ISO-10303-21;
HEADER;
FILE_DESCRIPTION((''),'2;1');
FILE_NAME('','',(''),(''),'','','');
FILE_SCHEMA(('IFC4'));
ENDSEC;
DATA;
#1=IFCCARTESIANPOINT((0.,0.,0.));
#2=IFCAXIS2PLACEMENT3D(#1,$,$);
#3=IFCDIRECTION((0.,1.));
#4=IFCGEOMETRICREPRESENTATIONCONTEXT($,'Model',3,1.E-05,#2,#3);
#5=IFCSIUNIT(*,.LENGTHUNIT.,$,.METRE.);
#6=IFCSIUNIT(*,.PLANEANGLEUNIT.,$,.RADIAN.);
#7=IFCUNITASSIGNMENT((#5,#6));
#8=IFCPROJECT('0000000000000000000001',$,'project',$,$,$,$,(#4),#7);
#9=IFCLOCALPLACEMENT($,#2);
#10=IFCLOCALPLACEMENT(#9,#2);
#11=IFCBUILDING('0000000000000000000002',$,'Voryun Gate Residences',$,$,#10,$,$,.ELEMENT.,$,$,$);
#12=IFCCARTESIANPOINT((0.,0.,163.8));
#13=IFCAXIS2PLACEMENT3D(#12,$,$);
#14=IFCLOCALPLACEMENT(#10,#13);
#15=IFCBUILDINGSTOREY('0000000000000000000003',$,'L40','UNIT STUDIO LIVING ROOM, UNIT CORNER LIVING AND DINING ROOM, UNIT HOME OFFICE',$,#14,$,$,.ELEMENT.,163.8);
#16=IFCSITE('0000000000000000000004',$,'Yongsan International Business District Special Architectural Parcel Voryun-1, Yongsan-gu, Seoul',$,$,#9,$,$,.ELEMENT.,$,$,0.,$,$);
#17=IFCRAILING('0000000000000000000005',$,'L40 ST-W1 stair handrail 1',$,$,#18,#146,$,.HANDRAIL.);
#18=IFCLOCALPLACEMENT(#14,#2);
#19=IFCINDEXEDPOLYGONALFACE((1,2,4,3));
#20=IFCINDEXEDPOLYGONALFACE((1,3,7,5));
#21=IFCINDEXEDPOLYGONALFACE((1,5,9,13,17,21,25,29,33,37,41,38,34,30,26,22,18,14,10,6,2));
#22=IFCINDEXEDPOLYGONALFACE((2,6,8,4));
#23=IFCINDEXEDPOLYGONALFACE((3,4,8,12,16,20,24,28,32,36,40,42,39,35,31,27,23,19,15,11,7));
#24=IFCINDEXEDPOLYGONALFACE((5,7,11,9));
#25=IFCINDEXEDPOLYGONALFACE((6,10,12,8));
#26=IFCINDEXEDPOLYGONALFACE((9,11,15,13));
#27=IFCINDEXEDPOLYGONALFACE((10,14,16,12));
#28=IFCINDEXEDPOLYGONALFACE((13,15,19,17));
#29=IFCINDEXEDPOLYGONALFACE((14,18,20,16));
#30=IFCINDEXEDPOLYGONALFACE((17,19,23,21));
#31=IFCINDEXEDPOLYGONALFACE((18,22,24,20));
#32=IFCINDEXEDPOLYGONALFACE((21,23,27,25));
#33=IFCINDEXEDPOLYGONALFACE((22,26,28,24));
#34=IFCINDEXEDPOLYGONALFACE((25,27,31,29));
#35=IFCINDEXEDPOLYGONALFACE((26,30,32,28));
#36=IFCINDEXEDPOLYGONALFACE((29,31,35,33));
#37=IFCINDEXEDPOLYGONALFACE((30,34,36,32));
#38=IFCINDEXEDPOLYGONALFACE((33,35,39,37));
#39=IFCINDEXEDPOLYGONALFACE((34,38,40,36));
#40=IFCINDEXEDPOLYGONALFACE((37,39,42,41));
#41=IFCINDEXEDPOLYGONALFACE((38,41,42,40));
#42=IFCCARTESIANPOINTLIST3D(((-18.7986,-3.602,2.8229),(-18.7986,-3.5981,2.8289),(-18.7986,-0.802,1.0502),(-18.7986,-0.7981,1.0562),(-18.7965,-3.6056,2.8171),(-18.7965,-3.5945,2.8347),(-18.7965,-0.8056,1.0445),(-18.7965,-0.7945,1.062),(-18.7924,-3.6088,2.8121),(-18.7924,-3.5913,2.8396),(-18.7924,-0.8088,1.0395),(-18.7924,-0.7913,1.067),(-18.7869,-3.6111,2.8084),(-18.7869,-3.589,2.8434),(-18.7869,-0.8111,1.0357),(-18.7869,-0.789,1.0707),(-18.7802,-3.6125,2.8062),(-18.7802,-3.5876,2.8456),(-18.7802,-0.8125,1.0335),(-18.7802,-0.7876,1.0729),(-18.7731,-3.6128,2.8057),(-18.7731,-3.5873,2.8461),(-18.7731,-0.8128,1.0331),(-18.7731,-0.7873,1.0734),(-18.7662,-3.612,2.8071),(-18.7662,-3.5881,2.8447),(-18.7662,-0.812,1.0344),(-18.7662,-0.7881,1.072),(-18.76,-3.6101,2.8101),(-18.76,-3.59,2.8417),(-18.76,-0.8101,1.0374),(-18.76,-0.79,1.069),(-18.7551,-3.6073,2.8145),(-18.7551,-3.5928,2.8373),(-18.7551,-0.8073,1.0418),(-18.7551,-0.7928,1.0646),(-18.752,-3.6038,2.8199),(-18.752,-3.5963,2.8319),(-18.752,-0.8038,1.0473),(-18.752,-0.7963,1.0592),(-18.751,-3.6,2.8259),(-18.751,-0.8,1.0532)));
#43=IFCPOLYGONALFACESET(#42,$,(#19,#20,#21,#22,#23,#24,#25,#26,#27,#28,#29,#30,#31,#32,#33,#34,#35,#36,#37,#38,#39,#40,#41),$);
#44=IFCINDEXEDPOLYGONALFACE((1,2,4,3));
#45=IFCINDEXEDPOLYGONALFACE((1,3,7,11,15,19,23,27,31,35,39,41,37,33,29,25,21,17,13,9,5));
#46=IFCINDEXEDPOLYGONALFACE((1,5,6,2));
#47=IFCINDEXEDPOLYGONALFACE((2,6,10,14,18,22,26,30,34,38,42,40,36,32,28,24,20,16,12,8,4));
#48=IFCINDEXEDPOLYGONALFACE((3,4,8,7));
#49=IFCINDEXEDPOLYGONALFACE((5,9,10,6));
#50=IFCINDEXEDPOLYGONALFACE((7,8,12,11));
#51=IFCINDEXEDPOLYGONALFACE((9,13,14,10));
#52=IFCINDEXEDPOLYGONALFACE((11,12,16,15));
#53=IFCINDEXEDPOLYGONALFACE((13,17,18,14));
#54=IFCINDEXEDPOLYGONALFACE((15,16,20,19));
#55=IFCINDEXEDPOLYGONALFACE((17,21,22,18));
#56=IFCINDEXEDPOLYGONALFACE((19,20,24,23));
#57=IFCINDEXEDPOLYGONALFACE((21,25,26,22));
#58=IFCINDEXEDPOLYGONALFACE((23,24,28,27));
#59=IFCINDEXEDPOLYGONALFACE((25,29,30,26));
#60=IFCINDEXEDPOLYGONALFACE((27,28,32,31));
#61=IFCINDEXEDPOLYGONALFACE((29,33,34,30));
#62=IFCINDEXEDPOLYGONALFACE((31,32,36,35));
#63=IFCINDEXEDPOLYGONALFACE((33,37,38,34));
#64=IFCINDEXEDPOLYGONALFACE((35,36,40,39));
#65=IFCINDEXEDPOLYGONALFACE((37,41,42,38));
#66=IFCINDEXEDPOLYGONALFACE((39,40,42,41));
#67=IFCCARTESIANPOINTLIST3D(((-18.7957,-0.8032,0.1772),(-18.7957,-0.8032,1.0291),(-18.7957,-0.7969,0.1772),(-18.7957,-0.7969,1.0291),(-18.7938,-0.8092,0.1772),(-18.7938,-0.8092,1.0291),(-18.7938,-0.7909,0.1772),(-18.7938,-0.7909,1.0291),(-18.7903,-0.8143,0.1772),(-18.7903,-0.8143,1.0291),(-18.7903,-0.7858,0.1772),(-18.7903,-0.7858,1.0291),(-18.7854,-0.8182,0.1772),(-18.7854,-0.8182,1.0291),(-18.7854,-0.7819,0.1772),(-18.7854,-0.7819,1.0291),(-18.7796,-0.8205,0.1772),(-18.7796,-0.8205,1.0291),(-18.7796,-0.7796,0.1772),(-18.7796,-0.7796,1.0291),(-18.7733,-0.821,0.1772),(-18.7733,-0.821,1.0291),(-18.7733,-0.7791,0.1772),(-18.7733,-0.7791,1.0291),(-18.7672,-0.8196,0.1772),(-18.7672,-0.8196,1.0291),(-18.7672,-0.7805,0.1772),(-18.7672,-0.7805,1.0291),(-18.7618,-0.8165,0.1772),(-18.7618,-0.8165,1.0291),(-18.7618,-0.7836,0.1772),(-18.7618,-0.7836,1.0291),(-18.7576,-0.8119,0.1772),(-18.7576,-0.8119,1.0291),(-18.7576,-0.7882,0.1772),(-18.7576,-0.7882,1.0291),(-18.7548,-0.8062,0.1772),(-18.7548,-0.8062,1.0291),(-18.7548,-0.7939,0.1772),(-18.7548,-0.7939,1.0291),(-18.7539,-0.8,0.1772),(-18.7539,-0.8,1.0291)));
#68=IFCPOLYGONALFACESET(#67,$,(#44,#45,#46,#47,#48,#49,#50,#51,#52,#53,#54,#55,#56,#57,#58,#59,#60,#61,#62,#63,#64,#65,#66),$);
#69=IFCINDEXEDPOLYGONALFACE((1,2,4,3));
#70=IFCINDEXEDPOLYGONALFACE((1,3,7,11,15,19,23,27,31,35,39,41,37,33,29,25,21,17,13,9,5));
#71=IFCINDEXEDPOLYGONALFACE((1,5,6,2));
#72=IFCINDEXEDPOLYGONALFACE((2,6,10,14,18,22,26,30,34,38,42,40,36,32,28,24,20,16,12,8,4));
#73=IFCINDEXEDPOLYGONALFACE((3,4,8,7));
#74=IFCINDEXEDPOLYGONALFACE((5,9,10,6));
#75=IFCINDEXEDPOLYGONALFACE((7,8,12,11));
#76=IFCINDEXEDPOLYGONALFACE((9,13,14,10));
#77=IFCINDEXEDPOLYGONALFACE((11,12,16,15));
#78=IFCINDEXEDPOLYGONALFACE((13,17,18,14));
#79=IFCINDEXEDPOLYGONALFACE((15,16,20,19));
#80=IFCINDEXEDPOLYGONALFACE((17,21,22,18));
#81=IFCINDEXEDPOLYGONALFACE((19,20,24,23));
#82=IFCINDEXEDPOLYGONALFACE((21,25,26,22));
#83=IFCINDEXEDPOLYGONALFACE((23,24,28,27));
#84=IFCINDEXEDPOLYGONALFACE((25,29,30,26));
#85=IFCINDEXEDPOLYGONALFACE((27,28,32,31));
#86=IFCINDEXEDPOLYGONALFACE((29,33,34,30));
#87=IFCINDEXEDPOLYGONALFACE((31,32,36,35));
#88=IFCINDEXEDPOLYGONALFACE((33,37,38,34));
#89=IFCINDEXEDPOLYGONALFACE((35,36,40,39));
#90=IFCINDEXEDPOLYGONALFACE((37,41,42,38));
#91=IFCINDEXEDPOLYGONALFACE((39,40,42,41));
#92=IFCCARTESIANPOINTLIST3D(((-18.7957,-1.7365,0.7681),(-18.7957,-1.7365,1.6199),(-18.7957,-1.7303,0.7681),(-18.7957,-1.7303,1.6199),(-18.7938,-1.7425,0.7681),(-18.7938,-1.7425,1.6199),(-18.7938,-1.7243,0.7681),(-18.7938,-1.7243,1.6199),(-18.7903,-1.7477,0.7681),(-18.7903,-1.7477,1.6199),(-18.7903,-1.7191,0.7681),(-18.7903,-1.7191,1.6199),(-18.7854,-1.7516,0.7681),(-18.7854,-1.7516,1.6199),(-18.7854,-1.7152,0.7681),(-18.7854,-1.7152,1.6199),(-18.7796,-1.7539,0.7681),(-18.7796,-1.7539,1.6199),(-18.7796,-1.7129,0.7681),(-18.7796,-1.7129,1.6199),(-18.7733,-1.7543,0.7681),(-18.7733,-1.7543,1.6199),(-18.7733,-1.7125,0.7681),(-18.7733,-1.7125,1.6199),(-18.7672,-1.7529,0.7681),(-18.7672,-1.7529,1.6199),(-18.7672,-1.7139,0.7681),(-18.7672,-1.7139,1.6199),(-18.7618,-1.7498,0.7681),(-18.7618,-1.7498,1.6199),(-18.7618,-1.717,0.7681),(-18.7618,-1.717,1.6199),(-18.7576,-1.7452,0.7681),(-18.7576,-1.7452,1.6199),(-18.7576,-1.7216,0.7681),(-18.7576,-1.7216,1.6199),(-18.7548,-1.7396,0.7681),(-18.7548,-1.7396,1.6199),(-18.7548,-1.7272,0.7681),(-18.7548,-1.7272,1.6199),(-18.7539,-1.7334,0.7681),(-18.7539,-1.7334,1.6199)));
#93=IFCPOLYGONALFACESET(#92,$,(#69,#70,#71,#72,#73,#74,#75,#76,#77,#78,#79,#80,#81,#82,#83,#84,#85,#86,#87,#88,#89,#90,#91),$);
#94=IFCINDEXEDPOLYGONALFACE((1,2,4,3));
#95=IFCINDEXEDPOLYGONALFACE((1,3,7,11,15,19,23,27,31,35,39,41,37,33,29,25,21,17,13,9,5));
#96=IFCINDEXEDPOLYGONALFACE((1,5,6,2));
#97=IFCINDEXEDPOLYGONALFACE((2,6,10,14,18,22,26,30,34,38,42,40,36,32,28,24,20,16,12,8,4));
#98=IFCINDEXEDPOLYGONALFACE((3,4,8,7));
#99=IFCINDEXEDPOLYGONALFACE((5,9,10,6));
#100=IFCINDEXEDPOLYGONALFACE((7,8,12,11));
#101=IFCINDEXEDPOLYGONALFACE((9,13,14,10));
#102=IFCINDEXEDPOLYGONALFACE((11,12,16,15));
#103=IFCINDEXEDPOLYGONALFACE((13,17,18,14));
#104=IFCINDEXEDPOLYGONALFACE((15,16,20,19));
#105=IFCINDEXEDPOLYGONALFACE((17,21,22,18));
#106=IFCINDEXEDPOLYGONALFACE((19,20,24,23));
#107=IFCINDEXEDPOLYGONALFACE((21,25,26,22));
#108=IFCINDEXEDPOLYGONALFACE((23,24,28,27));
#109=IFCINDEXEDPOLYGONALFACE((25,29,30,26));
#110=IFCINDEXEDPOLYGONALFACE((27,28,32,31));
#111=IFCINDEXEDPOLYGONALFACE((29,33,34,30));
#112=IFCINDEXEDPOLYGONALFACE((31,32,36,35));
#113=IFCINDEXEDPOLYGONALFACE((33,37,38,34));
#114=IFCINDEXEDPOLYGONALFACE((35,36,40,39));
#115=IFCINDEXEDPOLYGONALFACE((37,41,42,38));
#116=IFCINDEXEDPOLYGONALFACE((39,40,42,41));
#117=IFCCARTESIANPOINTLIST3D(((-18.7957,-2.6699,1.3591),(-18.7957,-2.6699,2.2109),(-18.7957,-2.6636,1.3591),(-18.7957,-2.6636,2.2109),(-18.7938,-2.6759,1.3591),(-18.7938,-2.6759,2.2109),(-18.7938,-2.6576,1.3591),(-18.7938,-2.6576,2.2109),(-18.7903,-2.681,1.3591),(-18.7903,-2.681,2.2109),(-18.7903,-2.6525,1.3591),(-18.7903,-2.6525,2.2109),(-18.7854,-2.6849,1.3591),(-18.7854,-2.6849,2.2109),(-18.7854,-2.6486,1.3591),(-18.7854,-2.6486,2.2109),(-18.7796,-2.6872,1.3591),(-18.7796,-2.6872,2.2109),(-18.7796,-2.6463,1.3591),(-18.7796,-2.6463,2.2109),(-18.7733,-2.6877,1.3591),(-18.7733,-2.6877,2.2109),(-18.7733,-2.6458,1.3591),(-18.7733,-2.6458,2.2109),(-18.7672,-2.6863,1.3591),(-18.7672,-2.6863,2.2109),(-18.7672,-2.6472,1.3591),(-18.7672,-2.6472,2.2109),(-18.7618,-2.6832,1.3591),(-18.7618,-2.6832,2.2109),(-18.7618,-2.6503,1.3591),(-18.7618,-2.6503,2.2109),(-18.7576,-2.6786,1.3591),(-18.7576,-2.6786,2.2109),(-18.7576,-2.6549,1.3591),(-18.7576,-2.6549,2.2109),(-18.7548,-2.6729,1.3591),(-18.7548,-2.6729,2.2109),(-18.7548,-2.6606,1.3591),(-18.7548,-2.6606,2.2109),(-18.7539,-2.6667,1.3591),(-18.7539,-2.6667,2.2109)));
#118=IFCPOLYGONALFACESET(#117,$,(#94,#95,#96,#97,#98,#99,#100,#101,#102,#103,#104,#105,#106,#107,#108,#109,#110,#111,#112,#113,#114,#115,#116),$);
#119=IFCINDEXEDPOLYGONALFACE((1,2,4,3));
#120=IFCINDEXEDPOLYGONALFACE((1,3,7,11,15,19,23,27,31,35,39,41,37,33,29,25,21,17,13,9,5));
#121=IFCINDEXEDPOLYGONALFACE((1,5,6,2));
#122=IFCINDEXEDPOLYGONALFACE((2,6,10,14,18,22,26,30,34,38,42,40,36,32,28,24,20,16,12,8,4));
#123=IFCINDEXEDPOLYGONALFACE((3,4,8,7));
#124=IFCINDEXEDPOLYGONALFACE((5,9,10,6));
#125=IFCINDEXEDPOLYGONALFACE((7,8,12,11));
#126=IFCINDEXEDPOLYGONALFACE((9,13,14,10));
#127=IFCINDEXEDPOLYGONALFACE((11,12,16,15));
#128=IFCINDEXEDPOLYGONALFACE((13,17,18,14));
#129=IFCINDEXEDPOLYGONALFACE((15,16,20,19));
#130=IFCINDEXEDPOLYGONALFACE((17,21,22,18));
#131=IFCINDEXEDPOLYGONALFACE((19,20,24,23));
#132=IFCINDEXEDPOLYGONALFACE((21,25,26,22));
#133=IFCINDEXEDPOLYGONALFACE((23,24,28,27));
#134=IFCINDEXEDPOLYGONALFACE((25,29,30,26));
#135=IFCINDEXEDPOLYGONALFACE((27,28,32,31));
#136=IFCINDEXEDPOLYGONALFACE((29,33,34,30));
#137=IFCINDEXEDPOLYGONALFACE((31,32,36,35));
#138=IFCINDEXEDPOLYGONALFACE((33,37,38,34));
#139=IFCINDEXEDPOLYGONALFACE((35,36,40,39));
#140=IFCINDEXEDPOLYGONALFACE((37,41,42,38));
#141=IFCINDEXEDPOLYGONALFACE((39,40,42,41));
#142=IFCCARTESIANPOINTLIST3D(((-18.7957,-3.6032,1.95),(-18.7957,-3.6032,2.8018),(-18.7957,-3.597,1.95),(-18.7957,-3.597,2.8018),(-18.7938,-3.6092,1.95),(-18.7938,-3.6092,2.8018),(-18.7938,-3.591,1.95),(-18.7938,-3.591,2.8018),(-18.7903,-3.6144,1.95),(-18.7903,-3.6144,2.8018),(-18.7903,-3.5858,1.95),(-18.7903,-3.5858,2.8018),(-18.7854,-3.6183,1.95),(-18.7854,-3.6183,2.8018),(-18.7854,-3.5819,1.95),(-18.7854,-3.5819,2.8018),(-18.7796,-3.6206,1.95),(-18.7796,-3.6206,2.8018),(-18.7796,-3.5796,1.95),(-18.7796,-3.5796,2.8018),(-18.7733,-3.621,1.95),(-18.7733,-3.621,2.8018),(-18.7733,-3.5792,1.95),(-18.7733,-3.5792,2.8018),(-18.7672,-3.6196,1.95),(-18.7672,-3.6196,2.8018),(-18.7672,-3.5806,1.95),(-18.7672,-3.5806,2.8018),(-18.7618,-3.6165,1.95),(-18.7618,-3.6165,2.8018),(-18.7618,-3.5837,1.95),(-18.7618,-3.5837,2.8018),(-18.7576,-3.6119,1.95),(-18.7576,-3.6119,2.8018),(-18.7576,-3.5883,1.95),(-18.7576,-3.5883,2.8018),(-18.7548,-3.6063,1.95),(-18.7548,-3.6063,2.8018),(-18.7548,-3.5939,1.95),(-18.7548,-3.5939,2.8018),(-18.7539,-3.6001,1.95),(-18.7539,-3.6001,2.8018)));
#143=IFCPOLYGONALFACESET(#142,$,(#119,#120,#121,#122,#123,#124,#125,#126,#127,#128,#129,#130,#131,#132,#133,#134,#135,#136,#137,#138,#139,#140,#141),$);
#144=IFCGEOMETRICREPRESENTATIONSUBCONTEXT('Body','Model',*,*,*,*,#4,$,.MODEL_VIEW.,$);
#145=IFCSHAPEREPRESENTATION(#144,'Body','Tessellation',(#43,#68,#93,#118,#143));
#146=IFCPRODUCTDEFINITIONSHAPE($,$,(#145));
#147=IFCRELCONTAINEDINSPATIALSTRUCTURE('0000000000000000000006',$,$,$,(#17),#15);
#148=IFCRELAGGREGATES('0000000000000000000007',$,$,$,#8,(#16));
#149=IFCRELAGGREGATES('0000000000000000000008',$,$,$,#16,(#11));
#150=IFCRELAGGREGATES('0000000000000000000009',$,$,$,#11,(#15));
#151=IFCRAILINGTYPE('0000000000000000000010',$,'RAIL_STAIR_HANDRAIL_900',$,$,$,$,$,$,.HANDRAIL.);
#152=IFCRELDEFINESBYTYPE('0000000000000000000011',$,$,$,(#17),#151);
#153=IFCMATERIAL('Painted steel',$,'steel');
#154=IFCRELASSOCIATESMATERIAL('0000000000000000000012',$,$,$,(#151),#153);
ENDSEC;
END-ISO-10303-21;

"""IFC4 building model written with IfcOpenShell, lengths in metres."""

from ifc_helpers import new_model, si_unit, direction, frame, origin, origin_2d, place, context, subcontext, project, spatial, circle, extrude, material, type_object, element, save


model = new_model("IFC4")

# Units and contexts
model_context = context("Model", 3, precision=1e-05, world=origin(), true_north=direction((0.0, 1.0)))
body_context = subcontext(model_context, "Body", "Model", "MODEL_VIEW")
ifc_project = project(units=[si_unit("LENGTHUNIT", "METRE"), si_unit("PLANEANGLEUNIT", "RADIAN")], contexts=[model_context])

# Site, building, storey
site_placement = place(None, origin())
site = spatial("IfcSite", under=ifc_project, at=site_placement, Name="Yongsan International Business District Special Architectural Parcel Voryun-1, Yongsan-gu, Seoul", CompositionType="ELEMENT", RefElevation=0.0)
building_placement = place(site_placement, origin())
building = spatial("IfcBuilding", under=site, at=building_placement, Name="Voryun Gate Residences", CompositionType="ELEMENT")
storey_placement = place(building_placement, frame((0.0, 0.0, 163.8)))
storey = spatial("IfcBuildingStorey", under=building, at=storey_placement, Name="L40", Description="UNIT STUDIO LIVING ROOM, UNIT CORNER LIVING AND DINING ROOM, UNIT HOME OFFICE", CompositionType="ELEMENT", Elevation=163.8)

# Railing
ifc_material_1 = material(Name="Painted steel", Category="steel")
railing_type_1 = type_object("IfcRailingType", Name="RAIL_STAIR_HANDRAIL_900", PredefinedType="HANDRAIL", material=ifc_material_1)
railing_1_placement = place(storey_placement, frame((-18.7749, -0.8, 0.1772)))
element("IfcRailing", 1, at=railing_1_placement, inside=storey, type_object=railing_type_1, Name="L40 ST-W1 stair handrail 1", PredefinedType="HANDRAIL", context=body_context, shape_type="SweptSolid", body=[
    extrude(circle(Radius=0.0239, at=origin_2d()), frame((0.0, 0.0, 0.876), z_axis=(0.0, -0.844909, 0.53491), x_axis=(1.0, 0.0, 0.0)), (0.0, 0.0, 1.0), 3.314),
    extrude(circle(Radius=0.021, at=origin_2d()), origin(), (0.0, 0.0, 1.0), 0.8518),
    extrude(circle(Radius=0.021, at=origin_2d()), frame((0.0, -0.9333, 0.5908)), (0.0, 0.0, 1.0), 0.8518),
    extrude(circle(Radius=0.021, at=origin_2d()), frame((0.0, -1.8667, 1.1819)), (0.0, 0.0, 1.0), 0.8518),
    extrude(circle(Radius=0.021, at=origin_2d()), frame((0.0, -2.8, 1.7727)), (0.0, 0.0, 1.0), 0.8518),
])

save(model, "model.ifc")
